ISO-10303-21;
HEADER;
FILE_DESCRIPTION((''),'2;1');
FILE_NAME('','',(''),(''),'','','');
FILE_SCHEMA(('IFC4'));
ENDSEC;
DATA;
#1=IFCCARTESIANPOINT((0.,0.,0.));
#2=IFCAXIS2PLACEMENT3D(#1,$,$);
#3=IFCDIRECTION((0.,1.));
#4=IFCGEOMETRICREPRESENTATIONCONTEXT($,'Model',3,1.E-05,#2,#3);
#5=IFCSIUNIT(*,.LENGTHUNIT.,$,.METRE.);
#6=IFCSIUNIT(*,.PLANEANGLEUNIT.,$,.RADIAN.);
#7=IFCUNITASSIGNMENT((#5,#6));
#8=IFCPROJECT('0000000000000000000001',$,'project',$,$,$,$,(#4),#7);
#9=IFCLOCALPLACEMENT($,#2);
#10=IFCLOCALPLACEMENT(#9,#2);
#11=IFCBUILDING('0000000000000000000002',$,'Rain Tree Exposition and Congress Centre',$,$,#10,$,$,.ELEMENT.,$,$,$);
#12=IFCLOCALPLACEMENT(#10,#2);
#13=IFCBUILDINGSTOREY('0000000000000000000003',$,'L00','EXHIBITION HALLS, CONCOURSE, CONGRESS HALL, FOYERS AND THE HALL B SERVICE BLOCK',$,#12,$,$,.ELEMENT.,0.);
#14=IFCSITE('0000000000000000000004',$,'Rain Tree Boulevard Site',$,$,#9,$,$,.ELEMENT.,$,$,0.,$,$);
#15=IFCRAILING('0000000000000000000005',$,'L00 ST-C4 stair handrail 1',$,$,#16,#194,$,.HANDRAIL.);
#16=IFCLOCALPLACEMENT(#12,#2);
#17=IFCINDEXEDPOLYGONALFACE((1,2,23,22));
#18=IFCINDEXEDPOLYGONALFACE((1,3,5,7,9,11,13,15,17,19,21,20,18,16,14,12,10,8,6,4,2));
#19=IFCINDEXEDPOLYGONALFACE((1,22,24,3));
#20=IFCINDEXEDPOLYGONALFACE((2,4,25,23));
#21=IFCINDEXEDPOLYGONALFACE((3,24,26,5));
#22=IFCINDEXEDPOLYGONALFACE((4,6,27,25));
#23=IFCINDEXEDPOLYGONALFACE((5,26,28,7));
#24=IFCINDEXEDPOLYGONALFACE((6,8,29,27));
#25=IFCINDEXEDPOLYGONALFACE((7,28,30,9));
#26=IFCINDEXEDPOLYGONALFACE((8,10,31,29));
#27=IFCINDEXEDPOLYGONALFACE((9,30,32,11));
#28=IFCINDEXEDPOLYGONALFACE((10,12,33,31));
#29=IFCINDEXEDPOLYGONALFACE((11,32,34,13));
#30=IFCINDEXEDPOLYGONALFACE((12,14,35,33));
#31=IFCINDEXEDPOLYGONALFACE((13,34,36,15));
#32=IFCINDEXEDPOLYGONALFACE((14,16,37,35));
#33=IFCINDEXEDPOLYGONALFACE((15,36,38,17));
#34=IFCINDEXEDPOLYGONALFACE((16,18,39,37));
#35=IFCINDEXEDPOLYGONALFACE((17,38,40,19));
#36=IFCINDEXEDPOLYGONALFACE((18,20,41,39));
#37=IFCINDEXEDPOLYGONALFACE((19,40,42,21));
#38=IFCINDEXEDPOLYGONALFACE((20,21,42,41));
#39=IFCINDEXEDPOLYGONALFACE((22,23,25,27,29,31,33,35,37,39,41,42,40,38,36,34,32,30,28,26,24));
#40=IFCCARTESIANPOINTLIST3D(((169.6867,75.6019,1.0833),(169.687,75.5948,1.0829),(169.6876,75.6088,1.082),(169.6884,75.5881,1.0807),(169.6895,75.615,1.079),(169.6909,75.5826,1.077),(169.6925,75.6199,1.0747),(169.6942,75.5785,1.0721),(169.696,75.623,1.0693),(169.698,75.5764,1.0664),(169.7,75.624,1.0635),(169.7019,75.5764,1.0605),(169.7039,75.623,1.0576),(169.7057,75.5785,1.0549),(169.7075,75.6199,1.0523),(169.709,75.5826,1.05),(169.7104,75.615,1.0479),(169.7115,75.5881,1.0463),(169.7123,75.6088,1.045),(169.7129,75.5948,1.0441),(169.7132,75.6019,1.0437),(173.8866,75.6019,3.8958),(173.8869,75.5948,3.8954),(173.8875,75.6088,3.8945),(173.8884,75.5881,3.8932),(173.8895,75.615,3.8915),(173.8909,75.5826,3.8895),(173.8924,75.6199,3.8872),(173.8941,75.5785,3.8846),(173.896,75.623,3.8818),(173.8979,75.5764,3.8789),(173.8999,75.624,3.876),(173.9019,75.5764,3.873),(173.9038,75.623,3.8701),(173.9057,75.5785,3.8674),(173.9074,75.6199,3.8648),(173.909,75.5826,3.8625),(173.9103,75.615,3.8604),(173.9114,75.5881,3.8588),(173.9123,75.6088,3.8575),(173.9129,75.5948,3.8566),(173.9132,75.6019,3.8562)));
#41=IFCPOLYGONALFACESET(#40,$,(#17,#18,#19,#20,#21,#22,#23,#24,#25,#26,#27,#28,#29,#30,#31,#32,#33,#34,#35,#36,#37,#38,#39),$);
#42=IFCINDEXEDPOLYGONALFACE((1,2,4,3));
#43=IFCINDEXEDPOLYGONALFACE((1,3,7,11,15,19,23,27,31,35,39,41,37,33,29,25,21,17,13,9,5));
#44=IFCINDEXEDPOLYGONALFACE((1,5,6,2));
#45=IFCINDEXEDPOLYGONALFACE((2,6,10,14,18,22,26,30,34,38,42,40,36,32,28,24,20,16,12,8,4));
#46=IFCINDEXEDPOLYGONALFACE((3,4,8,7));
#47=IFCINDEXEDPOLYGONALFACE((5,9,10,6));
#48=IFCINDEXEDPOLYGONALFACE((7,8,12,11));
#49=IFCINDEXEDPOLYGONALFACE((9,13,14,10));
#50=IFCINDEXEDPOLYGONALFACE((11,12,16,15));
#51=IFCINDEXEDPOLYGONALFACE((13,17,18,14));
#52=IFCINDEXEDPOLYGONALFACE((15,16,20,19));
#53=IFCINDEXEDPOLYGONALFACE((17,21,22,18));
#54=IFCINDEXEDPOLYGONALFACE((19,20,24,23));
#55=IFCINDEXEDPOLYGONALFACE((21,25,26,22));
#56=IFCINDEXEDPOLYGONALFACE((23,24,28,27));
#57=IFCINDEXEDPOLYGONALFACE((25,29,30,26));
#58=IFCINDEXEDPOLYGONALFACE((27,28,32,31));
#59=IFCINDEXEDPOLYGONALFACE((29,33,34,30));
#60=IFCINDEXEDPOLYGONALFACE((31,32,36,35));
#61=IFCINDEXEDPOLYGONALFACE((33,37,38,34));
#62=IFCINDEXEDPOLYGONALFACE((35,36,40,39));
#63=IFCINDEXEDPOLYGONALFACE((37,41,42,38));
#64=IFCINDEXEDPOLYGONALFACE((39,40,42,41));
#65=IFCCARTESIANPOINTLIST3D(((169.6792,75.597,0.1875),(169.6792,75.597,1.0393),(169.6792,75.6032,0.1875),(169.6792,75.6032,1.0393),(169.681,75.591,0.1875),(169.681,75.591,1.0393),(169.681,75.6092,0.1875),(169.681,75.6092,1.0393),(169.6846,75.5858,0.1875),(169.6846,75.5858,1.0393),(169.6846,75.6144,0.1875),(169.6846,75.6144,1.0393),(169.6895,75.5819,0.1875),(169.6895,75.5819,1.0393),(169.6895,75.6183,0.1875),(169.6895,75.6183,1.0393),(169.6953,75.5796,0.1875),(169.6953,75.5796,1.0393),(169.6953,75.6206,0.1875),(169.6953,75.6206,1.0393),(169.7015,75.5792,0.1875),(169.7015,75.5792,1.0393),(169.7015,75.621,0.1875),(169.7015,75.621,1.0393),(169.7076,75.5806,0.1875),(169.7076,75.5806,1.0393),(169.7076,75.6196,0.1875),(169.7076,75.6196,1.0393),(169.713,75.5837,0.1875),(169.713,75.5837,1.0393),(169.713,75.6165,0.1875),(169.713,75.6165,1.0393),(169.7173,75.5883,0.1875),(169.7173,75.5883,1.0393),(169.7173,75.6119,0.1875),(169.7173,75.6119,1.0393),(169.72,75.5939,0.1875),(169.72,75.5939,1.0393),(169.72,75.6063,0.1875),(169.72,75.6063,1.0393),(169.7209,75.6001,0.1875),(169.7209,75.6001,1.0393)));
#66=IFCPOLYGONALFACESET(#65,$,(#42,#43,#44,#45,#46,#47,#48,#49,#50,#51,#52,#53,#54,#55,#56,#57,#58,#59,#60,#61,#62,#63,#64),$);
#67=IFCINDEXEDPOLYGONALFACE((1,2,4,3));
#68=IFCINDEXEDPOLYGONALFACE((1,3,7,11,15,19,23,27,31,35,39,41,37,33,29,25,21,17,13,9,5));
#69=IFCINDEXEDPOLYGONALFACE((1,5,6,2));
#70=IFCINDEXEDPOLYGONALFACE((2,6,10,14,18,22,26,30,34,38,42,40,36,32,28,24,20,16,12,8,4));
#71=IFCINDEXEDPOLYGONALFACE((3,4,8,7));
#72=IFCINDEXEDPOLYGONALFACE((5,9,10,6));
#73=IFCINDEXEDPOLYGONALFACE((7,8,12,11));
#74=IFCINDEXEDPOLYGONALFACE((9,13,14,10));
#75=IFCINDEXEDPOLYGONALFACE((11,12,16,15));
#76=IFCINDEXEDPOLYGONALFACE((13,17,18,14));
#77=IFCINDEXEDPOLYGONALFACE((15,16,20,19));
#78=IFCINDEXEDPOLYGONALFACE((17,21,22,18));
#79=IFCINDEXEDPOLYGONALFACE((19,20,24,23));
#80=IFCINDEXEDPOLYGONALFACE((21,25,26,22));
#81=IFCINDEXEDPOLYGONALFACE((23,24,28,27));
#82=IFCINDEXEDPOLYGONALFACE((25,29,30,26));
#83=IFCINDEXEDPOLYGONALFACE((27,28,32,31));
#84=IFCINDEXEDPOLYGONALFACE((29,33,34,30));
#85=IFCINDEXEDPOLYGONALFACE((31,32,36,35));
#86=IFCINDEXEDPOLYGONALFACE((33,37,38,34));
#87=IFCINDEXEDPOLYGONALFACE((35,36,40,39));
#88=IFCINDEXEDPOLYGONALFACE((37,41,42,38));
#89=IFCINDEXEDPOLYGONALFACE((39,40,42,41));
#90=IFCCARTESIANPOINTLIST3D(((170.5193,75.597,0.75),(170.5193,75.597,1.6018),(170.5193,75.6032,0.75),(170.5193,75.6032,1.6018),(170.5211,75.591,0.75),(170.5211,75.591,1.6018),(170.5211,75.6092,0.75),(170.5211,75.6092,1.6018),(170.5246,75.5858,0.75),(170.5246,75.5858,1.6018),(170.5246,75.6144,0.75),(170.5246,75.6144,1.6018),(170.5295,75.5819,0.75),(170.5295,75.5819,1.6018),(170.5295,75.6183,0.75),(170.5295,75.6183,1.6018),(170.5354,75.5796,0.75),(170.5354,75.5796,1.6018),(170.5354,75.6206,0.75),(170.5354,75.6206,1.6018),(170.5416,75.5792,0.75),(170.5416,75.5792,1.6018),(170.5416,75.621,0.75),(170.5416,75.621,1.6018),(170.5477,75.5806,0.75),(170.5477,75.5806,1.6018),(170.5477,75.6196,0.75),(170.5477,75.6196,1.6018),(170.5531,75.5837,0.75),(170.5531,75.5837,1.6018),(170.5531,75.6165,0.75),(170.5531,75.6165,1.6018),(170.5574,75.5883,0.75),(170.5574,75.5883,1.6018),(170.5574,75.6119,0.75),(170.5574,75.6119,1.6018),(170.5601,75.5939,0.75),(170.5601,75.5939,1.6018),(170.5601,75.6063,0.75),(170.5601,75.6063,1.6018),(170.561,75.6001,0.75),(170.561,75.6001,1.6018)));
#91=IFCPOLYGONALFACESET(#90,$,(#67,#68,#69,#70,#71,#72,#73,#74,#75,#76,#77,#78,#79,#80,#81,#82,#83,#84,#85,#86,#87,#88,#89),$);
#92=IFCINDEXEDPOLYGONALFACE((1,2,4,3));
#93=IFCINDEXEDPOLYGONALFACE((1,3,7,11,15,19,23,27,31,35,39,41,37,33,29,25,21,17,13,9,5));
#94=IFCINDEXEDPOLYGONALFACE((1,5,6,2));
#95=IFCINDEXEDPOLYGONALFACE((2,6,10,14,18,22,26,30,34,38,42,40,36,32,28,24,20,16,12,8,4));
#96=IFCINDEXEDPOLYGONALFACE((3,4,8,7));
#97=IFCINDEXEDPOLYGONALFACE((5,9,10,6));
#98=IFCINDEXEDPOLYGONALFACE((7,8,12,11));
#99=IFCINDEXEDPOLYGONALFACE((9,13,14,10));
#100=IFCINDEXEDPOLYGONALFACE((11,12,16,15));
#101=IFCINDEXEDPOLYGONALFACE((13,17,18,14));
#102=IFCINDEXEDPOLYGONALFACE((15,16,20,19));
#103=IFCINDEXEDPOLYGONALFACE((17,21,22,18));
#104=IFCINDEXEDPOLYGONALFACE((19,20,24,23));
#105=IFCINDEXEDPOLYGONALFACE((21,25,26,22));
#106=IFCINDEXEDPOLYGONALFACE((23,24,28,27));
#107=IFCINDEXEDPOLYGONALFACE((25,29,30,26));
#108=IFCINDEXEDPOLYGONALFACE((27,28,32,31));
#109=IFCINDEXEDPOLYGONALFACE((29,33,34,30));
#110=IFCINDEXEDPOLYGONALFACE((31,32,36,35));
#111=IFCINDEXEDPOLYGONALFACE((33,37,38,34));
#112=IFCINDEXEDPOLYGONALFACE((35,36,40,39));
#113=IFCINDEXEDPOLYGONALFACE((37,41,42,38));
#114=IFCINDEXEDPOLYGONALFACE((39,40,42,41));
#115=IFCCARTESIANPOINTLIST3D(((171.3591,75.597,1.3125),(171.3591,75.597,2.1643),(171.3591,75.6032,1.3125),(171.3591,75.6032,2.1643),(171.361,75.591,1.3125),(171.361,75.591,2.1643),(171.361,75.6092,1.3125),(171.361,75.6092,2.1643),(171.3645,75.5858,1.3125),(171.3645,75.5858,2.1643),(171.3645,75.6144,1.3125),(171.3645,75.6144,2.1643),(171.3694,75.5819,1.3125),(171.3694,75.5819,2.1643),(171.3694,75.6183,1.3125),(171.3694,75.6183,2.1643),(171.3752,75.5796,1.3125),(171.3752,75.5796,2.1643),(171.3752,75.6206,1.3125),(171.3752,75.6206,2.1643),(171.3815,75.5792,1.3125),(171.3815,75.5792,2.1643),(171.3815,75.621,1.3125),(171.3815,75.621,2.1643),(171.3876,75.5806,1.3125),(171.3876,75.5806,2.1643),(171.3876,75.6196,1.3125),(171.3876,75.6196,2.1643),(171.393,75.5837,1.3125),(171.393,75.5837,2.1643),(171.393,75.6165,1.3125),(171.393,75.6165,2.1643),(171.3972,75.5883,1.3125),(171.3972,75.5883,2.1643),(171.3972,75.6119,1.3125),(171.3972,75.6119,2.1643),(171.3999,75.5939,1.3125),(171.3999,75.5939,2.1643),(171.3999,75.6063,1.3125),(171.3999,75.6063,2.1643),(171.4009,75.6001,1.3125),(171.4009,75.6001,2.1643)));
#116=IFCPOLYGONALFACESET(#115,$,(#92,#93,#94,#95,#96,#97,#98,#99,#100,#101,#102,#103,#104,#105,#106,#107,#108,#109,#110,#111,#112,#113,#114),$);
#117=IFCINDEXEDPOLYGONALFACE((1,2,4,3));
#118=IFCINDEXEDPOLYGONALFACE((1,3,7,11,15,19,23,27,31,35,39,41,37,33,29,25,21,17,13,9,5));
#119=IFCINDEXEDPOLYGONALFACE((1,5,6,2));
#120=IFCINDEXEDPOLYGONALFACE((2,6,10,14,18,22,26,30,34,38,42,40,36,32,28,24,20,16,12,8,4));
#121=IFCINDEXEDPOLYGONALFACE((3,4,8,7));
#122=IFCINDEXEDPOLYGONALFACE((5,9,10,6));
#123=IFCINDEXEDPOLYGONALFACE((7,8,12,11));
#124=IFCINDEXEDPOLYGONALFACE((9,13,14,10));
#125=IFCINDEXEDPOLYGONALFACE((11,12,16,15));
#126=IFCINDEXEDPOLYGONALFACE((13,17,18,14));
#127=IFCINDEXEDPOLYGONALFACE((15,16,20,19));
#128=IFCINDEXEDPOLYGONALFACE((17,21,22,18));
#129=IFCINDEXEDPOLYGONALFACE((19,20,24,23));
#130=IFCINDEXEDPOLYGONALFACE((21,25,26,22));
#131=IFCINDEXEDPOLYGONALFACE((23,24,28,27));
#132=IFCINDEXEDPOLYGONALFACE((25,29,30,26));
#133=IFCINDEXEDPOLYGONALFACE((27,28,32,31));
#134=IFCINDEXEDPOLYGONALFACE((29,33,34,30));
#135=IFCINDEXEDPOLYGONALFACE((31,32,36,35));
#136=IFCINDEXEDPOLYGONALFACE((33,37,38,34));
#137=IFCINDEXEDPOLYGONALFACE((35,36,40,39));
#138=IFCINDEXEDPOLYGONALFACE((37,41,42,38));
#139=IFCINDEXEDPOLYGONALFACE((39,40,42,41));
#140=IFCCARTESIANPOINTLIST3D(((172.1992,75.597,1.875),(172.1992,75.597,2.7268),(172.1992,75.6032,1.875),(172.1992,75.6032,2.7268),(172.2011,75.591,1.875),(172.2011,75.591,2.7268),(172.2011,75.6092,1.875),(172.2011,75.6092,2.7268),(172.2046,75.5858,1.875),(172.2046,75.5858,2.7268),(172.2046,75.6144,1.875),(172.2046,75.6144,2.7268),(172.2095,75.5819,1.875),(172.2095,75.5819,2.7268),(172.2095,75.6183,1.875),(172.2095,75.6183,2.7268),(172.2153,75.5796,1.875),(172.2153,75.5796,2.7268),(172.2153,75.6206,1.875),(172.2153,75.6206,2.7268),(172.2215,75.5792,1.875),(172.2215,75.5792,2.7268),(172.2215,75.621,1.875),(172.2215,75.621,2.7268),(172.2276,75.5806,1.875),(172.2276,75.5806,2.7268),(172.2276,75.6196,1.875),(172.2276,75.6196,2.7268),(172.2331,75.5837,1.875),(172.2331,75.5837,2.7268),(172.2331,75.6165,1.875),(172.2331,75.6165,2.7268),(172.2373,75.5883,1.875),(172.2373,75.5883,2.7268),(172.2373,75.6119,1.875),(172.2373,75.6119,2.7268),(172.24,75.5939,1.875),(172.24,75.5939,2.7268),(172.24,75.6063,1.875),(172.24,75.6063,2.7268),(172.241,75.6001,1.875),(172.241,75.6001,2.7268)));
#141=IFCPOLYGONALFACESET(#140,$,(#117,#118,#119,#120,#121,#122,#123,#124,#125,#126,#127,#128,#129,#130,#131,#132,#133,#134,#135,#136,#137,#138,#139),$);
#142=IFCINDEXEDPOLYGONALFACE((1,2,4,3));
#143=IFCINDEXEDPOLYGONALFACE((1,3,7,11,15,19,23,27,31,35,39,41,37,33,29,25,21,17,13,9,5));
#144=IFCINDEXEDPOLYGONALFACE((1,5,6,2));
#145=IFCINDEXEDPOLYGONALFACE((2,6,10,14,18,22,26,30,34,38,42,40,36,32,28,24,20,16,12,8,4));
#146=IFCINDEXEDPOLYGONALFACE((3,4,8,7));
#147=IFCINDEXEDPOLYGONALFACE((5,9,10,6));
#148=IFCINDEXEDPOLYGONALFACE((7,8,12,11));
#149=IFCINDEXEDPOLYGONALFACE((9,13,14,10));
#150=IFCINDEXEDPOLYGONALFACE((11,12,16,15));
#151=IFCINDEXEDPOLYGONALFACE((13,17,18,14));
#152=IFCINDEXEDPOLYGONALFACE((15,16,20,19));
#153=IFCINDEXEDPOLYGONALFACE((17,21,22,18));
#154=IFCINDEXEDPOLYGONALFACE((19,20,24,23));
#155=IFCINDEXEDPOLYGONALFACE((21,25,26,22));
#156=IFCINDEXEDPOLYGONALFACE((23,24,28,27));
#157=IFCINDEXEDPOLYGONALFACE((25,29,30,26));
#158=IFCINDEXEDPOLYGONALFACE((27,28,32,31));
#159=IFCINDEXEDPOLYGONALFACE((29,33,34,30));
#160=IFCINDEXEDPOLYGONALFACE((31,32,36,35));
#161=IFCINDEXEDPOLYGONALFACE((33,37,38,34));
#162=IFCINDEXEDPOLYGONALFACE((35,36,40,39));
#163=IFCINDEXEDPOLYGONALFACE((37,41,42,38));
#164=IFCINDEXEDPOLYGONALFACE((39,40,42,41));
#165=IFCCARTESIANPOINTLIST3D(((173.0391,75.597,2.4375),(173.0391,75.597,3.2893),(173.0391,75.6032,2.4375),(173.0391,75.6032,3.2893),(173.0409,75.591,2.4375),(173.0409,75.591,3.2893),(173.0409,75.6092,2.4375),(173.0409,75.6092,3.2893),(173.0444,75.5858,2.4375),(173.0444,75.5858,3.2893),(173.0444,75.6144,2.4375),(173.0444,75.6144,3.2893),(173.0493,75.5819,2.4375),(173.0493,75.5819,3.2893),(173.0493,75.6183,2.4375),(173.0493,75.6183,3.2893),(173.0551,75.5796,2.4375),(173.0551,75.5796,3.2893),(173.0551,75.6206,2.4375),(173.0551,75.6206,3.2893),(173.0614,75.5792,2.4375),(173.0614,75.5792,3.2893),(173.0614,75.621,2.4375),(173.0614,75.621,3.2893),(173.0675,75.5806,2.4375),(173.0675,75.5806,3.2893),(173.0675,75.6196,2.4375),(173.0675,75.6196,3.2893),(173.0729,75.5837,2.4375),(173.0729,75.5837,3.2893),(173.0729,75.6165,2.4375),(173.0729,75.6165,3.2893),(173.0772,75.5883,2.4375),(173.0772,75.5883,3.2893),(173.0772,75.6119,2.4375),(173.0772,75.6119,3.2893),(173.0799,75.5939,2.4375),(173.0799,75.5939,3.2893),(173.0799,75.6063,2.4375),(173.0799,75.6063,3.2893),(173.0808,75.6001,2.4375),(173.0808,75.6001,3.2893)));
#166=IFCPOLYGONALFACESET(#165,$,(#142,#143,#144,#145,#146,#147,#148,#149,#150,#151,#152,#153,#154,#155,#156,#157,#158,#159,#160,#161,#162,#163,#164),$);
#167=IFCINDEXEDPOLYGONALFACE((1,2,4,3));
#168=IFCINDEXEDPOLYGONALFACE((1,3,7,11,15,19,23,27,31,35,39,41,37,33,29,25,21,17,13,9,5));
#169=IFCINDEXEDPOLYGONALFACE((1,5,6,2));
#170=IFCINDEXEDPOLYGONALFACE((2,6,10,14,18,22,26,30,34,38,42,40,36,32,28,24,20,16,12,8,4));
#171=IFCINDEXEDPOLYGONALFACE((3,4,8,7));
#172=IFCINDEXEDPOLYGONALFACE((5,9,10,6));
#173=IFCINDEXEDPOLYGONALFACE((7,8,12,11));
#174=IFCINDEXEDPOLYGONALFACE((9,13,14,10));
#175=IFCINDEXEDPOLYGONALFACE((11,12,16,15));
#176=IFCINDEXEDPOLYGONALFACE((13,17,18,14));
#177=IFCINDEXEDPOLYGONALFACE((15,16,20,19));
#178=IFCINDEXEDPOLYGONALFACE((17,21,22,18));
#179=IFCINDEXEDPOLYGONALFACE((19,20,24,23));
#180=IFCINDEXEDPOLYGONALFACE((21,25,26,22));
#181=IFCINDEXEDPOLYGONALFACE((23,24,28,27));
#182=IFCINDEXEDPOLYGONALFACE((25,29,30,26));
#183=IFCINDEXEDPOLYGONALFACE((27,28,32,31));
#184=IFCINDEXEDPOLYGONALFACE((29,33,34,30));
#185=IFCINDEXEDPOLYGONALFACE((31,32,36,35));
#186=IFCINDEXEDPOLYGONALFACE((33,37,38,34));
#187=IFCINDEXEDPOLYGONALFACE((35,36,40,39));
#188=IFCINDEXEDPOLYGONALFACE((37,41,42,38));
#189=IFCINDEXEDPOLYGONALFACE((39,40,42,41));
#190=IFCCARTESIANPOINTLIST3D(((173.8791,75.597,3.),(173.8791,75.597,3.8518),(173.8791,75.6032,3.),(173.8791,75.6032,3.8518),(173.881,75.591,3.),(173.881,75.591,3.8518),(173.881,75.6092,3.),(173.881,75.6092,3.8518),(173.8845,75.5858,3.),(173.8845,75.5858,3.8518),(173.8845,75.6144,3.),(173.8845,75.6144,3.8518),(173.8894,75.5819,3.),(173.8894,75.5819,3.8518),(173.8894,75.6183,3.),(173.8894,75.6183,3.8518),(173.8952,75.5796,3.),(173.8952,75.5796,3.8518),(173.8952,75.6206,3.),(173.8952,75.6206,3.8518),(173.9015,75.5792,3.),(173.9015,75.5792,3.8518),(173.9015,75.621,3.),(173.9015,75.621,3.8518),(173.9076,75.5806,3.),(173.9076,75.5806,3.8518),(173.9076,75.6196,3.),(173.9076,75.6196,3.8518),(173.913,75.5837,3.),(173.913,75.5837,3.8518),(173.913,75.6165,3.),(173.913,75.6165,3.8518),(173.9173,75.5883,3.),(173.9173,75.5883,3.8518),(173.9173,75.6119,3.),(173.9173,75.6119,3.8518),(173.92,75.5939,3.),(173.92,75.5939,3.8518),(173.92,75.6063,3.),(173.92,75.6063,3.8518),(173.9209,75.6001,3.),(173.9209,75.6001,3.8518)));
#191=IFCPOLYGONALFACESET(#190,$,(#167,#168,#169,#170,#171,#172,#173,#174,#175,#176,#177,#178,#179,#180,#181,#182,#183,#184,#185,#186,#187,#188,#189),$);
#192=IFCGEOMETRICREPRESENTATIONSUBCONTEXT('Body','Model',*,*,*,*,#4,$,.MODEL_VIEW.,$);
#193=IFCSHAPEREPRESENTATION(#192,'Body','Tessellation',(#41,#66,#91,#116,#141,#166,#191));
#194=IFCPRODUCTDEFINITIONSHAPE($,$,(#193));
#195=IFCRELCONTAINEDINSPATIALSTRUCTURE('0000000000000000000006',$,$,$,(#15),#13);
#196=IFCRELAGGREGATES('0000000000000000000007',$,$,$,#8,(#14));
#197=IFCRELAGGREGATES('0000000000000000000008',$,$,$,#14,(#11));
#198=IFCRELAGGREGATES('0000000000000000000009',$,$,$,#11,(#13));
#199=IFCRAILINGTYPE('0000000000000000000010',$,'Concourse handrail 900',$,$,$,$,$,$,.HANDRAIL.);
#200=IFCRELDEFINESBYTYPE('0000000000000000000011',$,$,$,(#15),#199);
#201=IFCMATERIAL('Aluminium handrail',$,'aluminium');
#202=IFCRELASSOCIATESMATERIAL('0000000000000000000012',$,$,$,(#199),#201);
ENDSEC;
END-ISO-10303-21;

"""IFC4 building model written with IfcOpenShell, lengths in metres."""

from ifc_helpers import new_model, si_unit, direction, frame, origin, origin_2d, place, context, subcontext, project, spatial, circle, extrude, material, type_object, element, save


model = new_model("IFC4")

# Units and contexts
model_context = context("Model", 3, precision=1e-05, world=origin(), true_north=direction((0.0, 1.0)))
body_context = subcontext(model_context, "Body", "Model", "MODEL_VIEW")
ifc_project = project(units=[si_unit("LENGTHUNIT", "METRE"), si_unit("PLANEANGLEUNIT", "RADIAN")], contexts=[model_context])

# Site, building, storey
site_placement = place(None, origin())
site = spatial("IfcSite", under=ifc_project, at=site_placement, Name="Rain Tree Boulevard Site", CompositionType="ELEMENT", RefElevation=0.0)
building_placement = place(site_placement, origin())
building = spatial("IfcBuilding", under=site, at=building_placement, Name="Rain Tree Exposition and Congress Centre", CompositionType="ELEMENT")
storey_placement = place(building_placement, origin())
storey = spatial("IfcBuildingStorey", under=building, at=storey_placement, Name="L00", Description="EXHIBITION HALLS, CONCOURSE, CONGRESS HALL, FOYERS AND THE HALL B SERVICE BLOCK", CompositionType="ELEMENT", Elevation=0.0)

# Railing
ifc_material_1 = material(Name="Aluminium handrail", Category="aluminium")
railing_type_1 = type_object("IfcRailingType", Name="Concourse handrail 900", PredefinedType="HANDRAIL", material=ifc_material_1)
railing_1_placement = place(storey_placement, frame((169.7, 75.6001, 0.1875)))
element("IfcRailing", 1, at=railing_1_placement, inside=storey, type_object=railing_type_1, Name="L00 ST-C4 stair handrail 1", PredefinedType="HANDRAIL", context=body_context, shape_type="SweptSolid", body=[
    extrude(circle(Radius=0.0239, at=origin_2d()), frame((0.0, 0.0, 0.876), z_axis=(0.830904, 0.0, 0.556416), x_axis=(0.0, 1.0, 0.0)), (0.0, 0.0, 1.0), 5.0547),
    extrude(circle(Radius=0.021, at=origin_2d()), origin(), (0.0, 0.0, 1.0), 0.8518),
    extrude(circle(Radius=0.021, at=origin_2d()), frame((0.8401, 0.0, 0.5625)), (0.0, 0.0, 1.0), 0.8518),
    extrude(circle(Radius=0.021, at=origin_2d()), frame((1.6799, 0.0, 1.125)), (0.0, 0.0, 1.0), 0.8518),
    extrude(circle(Radius=0.021, at=origin_2d()), frame((2.52, 0.0, 1.6875)), (0.0, 0.0, 1.0), 0.8518),
    extrude(circle(Radius=0.021, at=origin_2d()), frame((3.3599, 0.0, 2.25)), (0.0, 0.0, 1.0), 0.8518),
    extrude(circle(Radius=0.021, at=origin_2d()), frame((4.2, 0.0, 2.8125)), (0.0, 0.0, 1.0), 0.8518),
])

save(model, "model.ifc")
